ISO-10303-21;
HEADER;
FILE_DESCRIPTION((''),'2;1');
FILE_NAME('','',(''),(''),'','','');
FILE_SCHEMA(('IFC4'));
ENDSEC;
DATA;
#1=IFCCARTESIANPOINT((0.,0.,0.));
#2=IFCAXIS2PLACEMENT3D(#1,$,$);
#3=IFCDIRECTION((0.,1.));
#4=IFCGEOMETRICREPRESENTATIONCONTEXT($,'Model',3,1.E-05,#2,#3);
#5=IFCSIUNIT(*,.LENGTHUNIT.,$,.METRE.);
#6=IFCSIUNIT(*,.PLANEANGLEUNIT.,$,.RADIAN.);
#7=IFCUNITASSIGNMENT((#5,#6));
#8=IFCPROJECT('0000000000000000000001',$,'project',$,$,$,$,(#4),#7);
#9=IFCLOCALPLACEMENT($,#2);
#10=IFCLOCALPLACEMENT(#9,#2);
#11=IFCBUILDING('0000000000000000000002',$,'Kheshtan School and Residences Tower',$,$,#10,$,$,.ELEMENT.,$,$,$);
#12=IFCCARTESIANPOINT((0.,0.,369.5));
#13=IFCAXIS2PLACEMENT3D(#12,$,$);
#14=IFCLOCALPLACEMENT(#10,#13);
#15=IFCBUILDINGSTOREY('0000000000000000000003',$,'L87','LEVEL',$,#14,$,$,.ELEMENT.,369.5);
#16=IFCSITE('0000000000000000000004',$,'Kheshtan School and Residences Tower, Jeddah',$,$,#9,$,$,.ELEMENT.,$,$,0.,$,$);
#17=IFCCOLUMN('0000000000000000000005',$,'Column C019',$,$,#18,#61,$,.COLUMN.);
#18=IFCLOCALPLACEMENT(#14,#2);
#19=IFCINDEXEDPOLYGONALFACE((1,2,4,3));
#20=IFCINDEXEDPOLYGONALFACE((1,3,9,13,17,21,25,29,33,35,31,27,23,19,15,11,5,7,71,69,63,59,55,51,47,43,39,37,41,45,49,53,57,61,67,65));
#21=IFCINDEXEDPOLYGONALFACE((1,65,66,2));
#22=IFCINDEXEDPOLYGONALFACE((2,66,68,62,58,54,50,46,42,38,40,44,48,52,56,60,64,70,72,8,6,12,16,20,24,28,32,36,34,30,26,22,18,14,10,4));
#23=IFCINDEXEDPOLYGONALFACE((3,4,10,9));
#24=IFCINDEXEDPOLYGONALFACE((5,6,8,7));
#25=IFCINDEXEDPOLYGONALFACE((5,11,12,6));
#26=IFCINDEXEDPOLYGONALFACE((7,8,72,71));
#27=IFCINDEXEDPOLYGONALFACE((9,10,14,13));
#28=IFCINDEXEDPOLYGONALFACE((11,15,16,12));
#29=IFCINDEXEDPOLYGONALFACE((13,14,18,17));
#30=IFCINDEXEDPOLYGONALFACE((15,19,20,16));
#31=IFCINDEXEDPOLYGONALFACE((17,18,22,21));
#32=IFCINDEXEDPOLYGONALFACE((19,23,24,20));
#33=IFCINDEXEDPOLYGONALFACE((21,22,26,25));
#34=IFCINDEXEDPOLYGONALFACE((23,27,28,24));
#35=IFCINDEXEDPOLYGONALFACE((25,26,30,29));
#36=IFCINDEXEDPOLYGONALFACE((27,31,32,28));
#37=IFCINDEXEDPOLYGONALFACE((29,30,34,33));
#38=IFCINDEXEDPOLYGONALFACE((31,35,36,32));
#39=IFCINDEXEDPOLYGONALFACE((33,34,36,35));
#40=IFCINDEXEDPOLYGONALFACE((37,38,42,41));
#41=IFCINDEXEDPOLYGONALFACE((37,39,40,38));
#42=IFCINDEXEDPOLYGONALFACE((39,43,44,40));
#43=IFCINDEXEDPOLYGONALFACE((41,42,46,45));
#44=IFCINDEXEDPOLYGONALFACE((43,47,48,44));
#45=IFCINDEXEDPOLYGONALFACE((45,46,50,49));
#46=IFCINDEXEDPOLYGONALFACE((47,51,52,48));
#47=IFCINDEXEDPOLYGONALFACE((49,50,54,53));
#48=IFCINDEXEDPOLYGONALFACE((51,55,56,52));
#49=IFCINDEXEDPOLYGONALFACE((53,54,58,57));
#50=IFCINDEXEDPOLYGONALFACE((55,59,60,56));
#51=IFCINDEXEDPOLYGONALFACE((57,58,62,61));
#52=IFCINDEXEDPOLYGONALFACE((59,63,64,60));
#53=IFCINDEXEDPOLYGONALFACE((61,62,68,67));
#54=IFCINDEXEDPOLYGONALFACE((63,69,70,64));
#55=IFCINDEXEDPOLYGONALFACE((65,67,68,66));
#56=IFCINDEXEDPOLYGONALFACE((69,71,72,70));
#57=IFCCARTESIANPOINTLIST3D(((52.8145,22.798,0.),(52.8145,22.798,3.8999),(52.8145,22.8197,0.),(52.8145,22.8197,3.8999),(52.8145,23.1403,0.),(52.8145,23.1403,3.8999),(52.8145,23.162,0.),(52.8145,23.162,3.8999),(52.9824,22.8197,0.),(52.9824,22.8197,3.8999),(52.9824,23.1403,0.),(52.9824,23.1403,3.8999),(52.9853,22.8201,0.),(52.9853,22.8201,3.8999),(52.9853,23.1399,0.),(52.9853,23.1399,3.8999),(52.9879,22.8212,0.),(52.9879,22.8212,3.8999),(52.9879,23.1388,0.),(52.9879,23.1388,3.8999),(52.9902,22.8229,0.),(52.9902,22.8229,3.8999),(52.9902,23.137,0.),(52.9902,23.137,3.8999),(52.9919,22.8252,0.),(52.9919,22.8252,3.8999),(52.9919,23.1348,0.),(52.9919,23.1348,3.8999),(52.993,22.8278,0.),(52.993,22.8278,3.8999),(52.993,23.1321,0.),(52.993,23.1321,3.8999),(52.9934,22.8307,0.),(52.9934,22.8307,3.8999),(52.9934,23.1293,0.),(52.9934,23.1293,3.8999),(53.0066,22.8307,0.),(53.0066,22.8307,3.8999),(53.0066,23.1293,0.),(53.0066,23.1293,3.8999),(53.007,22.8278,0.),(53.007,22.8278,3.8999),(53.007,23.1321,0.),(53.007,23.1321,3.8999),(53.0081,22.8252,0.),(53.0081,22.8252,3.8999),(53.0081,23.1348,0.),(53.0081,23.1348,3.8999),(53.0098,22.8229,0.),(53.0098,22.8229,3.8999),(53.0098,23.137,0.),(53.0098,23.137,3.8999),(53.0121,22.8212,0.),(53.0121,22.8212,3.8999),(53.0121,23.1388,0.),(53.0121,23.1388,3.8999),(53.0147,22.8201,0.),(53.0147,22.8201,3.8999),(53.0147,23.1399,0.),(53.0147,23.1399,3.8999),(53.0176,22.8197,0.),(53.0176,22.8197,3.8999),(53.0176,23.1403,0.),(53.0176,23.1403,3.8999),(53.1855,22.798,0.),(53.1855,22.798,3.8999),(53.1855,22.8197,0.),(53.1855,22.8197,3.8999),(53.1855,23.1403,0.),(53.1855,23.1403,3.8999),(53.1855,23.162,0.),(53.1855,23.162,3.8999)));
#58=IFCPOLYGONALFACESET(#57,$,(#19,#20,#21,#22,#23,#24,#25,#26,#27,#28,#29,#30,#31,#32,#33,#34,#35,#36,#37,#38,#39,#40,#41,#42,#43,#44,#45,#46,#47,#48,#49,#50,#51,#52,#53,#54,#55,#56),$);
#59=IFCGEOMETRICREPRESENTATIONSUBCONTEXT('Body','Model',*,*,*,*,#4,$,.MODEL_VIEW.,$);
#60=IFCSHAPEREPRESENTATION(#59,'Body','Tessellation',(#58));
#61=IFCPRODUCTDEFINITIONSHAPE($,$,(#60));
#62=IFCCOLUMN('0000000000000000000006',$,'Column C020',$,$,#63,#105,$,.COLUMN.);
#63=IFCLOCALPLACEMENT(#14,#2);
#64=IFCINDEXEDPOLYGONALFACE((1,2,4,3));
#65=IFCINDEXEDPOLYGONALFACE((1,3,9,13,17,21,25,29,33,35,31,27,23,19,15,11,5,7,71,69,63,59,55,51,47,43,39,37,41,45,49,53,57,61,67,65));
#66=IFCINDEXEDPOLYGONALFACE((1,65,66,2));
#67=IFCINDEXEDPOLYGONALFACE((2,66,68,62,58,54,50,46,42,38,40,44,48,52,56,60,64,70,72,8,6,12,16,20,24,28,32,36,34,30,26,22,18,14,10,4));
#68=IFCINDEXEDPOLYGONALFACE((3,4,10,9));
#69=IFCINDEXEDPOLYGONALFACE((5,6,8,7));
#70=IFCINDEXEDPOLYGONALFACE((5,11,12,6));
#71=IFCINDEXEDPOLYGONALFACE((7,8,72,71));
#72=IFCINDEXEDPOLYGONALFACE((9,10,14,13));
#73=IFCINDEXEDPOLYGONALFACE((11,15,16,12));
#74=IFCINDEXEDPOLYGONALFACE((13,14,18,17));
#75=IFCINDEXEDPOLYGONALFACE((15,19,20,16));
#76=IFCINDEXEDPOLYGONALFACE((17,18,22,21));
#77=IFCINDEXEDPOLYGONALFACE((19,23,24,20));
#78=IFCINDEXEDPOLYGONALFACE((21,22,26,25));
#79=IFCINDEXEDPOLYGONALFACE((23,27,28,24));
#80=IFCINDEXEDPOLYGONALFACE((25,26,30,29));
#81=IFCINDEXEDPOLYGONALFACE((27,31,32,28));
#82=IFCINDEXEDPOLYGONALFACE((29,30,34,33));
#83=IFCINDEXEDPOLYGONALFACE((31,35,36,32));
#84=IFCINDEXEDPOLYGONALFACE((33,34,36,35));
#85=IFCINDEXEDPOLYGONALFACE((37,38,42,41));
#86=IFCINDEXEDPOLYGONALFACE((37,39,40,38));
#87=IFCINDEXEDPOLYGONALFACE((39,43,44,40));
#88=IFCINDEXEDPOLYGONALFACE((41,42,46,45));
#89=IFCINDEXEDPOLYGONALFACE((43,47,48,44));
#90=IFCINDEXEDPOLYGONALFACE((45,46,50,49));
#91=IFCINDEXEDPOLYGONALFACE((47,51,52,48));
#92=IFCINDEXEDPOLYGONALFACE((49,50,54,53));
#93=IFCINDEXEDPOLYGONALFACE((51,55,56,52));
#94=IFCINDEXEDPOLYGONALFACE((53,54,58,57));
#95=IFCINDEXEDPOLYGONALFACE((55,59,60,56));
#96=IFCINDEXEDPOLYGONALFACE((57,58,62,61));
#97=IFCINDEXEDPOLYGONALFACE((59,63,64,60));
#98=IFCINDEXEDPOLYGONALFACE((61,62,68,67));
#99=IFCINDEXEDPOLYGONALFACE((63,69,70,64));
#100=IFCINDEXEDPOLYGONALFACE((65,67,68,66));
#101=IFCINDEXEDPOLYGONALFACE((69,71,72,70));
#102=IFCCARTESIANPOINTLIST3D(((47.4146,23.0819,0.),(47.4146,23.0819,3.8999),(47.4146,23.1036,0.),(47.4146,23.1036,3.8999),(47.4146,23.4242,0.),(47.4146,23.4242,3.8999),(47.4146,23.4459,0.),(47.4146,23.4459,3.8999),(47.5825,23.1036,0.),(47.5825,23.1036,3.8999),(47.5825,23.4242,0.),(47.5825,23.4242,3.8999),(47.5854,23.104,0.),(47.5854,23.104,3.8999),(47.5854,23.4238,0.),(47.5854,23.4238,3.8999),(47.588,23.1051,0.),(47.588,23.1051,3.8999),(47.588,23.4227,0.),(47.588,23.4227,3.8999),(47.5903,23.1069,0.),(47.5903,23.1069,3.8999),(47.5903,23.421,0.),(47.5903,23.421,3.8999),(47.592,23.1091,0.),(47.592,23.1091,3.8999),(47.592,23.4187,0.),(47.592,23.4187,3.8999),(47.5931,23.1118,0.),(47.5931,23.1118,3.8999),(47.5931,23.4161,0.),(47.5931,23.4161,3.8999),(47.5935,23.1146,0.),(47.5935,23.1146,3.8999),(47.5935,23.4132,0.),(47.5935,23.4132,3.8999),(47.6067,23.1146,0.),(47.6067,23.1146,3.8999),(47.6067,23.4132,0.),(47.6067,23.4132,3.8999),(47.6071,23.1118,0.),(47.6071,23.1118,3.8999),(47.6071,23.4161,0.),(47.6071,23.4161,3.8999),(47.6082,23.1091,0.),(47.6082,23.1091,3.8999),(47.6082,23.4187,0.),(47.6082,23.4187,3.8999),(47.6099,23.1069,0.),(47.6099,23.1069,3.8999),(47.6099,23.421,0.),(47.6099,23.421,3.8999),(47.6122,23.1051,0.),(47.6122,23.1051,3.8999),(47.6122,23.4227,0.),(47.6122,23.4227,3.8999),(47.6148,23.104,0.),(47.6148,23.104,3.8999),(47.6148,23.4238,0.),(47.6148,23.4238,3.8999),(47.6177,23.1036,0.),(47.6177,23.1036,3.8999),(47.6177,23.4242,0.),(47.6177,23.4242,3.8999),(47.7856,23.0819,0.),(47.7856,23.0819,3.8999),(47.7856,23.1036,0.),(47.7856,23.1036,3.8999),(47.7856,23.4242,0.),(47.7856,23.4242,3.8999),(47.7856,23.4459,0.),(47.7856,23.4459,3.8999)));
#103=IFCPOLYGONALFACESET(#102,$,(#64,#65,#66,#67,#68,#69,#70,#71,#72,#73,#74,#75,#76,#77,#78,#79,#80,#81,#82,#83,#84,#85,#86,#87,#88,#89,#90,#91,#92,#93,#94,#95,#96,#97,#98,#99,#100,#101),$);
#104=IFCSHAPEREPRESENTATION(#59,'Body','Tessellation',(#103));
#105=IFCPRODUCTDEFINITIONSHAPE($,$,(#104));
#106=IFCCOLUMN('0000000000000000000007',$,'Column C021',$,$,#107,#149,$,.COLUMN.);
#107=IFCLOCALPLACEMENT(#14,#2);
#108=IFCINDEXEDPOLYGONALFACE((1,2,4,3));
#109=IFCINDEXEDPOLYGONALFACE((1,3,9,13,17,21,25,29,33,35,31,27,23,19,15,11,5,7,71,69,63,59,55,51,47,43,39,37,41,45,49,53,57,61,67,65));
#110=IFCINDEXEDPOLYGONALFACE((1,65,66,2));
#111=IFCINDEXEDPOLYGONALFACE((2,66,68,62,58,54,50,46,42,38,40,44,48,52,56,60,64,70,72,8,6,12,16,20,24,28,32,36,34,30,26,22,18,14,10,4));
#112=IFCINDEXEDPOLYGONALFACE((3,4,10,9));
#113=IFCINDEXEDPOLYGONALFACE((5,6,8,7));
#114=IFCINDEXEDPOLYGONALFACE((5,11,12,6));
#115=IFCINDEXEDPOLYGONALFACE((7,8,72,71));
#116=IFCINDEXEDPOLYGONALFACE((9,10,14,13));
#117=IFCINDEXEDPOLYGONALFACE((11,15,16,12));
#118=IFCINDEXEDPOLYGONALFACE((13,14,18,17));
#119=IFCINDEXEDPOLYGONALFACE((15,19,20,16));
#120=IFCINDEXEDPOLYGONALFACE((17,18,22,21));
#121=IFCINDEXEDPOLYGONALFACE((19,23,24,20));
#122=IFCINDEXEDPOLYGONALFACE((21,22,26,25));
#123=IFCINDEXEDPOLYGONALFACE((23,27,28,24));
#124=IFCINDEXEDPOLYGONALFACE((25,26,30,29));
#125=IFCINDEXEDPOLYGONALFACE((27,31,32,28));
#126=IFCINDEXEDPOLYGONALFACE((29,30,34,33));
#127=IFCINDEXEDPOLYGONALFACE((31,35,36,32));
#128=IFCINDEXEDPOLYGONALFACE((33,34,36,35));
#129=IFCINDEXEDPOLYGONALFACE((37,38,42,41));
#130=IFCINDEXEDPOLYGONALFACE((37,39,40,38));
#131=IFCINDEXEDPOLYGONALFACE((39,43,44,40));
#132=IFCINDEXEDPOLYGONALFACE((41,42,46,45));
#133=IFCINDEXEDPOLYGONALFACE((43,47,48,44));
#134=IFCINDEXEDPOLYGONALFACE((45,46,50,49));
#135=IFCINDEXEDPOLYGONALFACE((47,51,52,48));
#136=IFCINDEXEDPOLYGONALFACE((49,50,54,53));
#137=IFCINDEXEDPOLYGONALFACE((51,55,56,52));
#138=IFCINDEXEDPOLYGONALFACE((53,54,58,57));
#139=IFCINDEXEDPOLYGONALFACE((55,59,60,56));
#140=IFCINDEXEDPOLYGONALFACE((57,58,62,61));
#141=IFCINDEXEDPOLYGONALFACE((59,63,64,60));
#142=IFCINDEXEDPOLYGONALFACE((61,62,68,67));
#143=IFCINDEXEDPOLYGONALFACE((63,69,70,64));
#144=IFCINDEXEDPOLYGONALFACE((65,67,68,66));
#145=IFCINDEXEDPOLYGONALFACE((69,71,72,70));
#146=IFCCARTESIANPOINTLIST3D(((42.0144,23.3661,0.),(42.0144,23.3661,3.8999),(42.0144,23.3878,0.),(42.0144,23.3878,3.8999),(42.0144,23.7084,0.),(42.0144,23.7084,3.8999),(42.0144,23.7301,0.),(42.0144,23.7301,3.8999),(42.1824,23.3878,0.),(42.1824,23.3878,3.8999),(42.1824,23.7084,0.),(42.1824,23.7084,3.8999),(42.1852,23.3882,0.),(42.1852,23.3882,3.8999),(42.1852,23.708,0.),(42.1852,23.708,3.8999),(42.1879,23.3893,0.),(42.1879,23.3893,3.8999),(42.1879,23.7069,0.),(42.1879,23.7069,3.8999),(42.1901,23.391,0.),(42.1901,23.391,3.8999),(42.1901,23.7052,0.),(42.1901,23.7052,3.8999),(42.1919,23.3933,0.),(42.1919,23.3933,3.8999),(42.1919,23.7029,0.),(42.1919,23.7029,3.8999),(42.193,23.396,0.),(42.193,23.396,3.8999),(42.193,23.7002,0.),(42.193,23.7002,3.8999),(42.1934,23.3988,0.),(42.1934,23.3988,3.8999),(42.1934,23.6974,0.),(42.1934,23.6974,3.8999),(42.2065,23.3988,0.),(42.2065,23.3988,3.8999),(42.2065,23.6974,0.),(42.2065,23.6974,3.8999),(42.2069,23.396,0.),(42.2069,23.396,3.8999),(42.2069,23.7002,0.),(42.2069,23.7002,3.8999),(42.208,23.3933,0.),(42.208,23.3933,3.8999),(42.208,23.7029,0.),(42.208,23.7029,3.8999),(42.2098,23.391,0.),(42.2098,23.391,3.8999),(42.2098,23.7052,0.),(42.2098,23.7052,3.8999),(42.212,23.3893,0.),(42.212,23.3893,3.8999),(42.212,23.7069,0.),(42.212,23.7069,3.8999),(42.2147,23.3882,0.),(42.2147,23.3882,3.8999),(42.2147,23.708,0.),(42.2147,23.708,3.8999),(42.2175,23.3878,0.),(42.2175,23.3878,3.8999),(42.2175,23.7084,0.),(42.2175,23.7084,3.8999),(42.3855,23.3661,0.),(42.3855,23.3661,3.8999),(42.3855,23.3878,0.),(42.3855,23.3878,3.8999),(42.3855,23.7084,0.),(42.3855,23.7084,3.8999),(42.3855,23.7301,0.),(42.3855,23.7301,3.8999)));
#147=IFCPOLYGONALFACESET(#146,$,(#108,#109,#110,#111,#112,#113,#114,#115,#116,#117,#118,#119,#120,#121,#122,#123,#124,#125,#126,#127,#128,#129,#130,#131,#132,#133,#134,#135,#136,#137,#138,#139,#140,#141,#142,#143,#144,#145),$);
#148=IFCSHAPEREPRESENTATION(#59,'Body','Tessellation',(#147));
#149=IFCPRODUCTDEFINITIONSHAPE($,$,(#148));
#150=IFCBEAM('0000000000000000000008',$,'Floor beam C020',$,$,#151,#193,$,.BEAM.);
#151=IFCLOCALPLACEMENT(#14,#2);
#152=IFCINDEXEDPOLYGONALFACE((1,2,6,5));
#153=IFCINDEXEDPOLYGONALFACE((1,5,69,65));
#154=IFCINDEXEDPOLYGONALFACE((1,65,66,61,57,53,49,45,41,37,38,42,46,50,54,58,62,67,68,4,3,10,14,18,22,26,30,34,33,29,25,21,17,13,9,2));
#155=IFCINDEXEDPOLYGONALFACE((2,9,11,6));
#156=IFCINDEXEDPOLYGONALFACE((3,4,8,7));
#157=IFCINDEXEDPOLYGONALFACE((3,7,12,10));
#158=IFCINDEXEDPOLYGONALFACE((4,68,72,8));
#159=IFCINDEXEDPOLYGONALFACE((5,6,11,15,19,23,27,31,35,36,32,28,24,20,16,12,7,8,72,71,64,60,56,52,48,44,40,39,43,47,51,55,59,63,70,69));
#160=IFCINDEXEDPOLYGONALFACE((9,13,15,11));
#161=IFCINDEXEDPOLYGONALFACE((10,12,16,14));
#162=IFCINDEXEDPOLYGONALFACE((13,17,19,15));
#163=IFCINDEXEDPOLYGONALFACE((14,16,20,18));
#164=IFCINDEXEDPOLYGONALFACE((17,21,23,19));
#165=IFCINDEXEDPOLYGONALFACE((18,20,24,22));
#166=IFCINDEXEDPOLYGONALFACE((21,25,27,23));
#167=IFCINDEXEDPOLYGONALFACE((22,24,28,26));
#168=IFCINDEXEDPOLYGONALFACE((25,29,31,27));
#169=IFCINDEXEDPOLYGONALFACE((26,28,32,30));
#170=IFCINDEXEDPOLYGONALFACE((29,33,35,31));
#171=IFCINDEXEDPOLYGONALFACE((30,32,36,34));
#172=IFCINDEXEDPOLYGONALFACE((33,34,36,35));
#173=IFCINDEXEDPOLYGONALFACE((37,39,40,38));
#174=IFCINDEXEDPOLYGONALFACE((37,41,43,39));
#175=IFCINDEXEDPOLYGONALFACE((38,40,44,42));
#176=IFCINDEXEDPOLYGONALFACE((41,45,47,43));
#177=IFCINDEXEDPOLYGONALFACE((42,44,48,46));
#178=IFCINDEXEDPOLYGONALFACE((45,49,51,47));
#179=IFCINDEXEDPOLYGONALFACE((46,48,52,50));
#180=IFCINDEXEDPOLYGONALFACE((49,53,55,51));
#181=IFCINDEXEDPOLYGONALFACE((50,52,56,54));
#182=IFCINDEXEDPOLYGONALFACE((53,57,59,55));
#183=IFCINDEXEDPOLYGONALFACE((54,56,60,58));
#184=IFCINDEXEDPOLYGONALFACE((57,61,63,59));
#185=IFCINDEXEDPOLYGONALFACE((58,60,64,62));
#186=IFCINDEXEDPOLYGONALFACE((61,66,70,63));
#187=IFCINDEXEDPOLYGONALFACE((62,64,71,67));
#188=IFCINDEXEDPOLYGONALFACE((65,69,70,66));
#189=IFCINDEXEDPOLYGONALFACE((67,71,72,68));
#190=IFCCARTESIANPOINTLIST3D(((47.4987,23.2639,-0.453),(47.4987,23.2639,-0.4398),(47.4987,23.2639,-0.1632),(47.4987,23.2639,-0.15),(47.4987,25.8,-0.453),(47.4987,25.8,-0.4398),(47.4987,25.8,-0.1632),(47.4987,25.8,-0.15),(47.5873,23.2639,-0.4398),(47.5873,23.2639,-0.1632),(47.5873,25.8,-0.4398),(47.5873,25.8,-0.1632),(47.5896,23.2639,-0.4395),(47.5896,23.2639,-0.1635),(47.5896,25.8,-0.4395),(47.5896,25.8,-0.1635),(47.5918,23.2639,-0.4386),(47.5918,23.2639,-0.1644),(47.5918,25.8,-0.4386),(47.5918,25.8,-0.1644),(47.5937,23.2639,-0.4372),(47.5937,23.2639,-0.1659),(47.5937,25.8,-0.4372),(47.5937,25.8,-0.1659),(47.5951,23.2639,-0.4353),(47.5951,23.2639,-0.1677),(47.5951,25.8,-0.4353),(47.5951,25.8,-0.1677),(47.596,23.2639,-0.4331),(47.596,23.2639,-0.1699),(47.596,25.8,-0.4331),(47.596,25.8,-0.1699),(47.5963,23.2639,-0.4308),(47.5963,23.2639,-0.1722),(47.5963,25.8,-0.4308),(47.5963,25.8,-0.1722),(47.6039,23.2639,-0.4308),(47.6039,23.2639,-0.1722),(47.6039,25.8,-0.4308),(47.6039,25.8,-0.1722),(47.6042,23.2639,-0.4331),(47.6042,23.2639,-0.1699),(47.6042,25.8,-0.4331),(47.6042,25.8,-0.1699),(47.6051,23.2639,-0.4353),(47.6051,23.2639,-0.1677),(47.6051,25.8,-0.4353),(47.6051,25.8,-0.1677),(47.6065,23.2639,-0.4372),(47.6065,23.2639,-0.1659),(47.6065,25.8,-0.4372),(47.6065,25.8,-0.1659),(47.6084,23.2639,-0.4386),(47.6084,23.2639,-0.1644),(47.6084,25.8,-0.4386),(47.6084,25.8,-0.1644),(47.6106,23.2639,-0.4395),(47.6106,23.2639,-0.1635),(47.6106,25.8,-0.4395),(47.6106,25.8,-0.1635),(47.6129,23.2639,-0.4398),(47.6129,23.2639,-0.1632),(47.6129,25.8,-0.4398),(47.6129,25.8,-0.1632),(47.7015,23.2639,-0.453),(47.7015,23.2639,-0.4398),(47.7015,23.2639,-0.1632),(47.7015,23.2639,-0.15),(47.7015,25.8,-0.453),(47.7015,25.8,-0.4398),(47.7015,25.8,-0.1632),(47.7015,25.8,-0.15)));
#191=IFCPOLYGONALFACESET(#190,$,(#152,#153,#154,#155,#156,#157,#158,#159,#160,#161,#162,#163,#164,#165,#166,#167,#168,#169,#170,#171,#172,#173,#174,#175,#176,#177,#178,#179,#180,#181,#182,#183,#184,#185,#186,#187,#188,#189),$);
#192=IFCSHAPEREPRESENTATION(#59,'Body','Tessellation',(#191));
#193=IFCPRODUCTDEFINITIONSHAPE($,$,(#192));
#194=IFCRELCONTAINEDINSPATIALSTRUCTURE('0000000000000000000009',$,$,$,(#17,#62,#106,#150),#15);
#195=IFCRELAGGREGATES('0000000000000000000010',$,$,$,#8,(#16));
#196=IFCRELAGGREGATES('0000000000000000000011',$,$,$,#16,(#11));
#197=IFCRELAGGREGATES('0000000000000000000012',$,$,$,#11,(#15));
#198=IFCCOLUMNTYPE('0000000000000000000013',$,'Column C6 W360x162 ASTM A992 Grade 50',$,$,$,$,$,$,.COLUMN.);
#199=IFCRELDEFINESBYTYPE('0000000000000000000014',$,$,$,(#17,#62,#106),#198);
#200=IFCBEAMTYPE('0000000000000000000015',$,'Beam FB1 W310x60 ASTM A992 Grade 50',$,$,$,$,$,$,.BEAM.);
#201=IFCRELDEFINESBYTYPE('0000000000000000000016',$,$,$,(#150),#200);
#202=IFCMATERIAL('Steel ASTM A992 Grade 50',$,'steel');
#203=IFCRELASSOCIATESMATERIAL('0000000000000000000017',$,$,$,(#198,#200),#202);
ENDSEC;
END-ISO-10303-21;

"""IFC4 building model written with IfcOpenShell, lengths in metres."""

from ifc_helpers import new_model, si_unit, direction, frame, origin, origin_2d, place, context, subcontext, project, spatial, i_section, extrude, material, material_profile, profile_set, type_object, element, save


model = new_model("IFC4")

# Units and contexts
model_context = context("Model", 3, precision=1e-05, world=origin(), true_north=direction((0.0, 1.0)))
body_context = subcontext(model_context, "Body", "Model", "MODEL_VIEW")
ifc_project = project(units=[si_unit("LENGTHUNIT", "METRE"), si_unit("PLANEANGLEUNIT", "RADIAN")], contexts=[model_context])

# Site, building, storey
site_placement = place(None, origin())
site = spatial("IfcSite", under=ifc_project, at=site_placement, Name="Kheshtan School and Residences Tower, Jeddah", CompositionType="ELEMENT", RefElevation=0.0)
building_placement = place(site_placement, origin())
building = spatial("IfcBuilding", under=site, at=building_placement, Name="Kheshtan School and Residences Tower", CompositionType="ELEMENT")
storey_placement = place(building_placement, frame((0.0, 0.0, 369.5)))
storey = spatial("IfcBuildingStorey", under=building, at=storey_placement, Name="L87", Description="LEVEL", CompositionType="ELEMENT", Elevation=369.5)

# Columns
ifc_material_1 = material(Name="Steel ASTM A992 Grade 50", Category="steel")
ifc_material_profile_1 = material_profile(ifc_material_1, i_section(OverallWidth=0.3711, OverallDepth=0.364, WebThickness=0.0132, FlangeThickness=0.0217, FilletRadius=0.011, at=origin_2d()), Name="W360x162")
ifc_profile_set_1 = profile_set([ifc_material_profile_1], Name="Steel ASTM A992 Grade 50")
column_type = type_object("IfcColumnType", Name="Column C6 W360x162 ASTM A992 Grade 50", PredefinedType="COLUMN", material=ifc_profile_set_1)
for number, where, z_axis, x_axis, name in (
    (1, (53.0, 22.98, 0.0), (0.0, 0.0, 1.0), (1.0, 0.0, 0.0), "Column C019"),
    (2, (47.6001, 23.2639, 0.0), (0.0, 0.0, 1.0), (1.0, 0.0, 0.0), "Column C020"),
    (3, (42.2, 23.5481, 0.0), (0.0, 0.0, 1.0), (1.0, 0.0, 0.0), "Column C021"),
):
    element("IfcColumn", number, at=place(storey_placement, frame(where, z_axis=z_axis, x_axis=x_axis)), inside=storey, type_object=column_type, Name=name, PredefinedType="COLUMN", context=body_context, shape_type="SweptSolid", body=[
        extrude(i_section(OverallWidth=0.3711, OverallDepth=0.364, WebThickness=0.0132, FlangeThickness=0.0217, FilletRadius=0.011, at=origin_2d()), origin(), (0.0, 0.0, 1.0), 3.8999),
    ])

# Beam
ifc_material_profile_2 = material_profile(ifc_material_1, i_section(OverallWidth=0.2029, OverallDepth=0.303, WebThickness=0.0076, FlangeThickness=0.0132, FilletRadius=0.009, at=origin_2d()), Name="W310x60")
ifc_profile_set_2 = profile_set([ifc_material_profile_2], Name="Steel ASTM A992 Grade 50")
beam_type_1 = type_object("IfcBeamType", Name="Beam FB1 W310x60 ASTM A992 Grade 50", PredefinedType="BEAM", material=ifc_profile_set_2)
beam_1_placement = place(storey_placement, frame((47.6001, 23.2639, -0.3015), z_axis=(0.0, 1.0, 0.0), x_axis=(-1.0, 0.0, 0.0)))
element("IfcBeam", 4, at=beam_1_placement, inside=storey, type_object=beam_type_1, Name="Floor beam C020", PredefinedType="BEAM", context=body_context, shape_type="SweptSolid", body=[
    extrude(i_section(OverallWidth=0.2029, OverallDepth=0.303, WebThickness=0.0076, FlangeThickness=0.0132, FilletRadius=0.009, at=origin_2d()), origin(), (0.0, 0.0, 1.0), 2.5361),
])

save(model, "model.ifc")
